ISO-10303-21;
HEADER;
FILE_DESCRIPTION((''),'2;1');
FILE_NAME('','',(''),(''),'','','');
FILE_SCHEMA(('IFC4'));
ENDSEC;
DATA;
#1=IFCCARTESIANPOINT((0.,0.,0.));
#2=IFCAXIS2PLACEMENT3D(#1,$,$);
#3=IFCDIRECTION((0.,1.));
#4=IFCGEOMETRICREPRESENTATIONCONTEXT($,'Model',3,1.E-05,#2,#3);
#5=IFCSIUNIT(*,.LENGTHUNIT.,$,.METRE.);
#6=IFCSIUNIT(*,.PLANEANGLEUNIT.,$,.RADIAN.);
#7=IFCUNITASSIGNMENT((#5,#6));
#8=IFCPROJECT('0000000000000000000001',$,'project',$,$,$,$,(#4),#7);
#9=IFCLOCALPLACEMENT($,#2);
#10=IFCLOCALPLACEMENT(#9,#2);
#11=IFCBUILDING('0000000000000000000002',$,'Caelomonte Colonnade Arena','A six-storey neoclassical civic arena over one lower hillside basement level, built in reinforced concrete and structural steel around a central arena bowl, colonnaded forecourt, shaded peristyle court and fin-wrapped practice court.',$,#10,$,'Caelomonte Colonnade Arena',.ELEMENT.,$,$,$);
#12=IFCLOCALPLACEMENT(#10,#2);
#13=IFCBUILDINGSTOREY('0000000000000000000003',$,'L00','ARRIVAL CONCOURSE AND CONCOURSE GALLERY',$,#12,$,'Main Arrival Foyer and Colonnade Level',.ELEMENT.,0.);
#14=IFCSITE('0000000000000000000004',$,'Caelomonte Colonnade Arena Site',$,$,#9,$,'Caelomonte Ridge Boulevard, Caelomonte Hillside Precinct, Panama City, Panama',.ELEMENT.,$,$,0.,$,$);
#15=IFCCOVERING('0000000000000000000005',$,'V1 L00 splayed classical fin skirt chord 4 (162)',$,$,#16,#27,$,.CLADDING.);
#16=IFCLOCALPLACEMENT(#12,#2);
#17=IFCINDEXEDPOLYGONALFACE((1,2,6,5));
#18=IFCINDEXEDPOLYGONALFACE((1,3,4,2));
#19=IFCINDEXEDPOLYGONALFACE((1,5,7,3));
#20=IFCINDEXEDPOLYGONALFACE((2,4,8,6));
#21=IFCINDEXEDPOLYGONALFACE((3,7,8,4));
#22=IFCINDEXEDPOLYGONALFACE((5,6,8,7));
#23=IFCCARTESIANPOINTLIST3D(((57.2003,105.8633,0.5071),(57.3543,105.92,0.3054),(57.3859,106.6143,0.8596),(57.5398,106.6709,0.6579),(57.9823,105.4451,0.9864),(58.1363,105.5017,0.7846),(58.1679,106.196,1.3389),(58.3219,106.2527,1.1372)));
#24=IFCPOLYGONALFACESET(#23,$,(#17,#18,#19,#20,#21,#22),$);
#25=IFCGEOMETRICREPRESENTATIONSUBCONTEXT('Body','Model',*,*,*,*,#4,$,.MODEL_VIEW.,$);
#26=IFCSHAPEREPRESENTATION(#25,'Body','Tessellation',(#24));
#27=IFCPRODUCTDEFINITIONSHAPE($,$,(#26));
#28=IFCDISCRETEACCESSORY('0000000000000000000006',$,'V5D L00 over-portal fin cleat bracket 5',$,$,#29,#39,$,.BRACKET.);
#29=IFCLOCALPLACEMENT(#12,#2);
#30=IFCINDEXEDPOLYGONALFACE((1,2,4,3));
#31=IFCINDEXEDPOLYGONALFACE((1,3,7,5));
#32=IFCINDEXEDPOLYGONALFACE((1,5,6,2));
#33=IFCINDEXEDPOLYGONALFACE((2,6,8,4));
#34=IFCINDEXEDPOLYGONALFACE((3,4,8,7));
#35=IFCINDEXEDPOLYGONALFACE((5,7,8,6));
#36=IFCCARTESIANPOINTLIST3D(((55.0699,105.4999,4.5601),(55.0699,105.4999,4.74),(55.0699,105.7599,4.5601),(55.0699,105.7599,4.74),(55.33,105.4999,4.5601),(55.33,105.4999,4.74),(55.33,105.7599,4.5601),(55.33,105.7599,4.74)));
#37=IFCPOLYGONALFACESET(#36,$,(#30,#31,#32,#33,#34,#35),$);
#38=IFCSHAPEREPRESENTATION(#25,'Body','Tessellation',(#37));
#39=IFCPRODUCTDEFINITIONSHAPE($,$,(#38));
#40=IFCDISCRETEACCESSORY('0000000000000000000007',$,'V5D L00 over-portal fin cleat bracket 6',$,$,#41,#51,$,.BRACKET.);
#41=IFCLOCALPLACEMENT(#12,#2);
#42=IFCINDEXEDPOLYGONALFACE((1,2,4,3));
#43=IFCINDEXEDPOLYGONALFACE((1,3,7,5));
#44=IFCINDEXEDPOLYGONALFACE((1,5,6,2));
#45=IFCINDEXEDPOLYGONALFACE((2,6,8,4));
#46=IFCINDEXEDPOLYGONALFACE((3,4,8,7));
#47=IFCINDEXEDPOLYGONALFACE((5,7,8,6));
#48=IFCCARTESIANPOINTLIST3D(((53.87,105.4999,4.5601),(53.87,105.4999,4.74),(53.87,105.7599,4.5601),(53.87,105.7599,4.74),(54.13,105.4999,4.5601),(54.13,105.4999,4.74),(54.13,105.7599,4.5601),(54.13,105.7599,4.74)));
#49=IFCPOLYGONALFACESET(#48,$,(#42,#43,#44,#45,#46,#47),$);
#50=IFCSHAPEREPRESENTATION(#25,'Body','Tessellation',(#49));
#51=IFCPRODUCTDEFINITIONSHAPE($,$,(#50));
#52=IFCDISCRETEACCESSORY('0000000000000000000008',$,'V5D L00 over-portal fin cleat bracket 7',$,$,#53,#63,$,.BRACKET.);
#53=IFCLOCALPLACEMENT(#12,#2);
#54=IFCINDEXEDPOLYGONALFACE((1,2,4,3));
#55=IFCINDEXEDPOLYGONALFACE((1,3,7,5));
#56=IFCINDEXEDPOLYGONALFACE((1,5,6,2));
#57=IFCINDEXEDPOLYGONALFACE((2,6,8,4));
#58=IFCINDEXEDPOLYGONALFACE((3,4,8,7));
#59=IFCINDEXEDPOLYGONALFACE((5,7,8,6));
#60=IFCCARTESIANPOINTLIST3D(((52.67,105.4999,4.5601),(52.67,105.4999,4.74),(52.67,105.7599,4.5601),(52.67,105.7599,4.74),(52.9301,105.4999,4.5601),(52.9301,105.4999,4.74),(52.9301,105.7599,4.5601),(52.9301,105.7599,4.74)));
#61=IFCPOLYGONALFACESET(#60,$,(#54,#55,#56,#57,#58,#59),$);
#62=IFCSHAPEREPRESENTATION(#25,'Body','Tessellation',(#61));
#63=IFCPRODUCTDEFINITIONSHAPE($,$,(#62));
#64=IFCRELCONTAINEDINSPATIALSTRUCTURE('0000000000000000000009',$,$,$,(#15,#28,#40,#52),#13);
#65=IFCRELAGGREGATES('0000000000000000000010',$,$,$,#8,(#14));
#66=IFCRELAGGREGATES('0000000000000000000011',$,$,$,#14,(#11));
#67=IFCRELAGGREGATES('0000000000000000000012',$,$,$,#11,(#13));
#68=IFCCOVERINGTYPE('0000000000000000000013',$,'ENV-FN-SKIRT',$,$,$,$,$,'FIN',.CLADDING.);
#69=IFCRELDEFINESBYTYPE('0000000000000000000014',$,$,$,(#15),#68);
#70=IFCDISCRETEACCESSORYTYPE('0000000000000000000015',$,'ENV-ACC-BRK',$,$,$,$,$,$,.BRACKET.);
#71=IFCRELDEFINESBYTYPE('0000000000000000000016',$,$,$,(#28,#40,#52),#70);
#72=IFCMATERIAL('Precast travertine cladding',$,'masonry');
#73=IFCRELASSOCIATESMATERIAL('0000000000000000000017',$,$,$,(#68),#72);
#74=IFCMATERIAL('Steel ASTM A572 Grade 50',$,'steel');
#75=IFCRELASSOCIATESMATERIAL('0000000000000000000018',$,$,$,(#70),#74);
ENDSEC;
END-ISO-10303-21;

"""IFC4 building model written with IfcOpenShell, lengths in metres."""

from ifc_helpers import new_model, si_unit, direction, frame, origin, origin_2d, place, context, subcontext, project, spatial, rectangle, extrude, material, material_profile, profile_set, type_object, element, save


model = new_model("IFC4")

# Units and contexts
model_context = context("Model", 3, precision=1e-05, world=origin(), true_north=direction((0.0, 1.0)))
body_context = subcontext(model_context, "Body", "Model", "MODEL_VIEW")
ifc_project = project(units=[si_unit("LENGTHUNIT", "METRE"), si_unit("PLANEANGLEUNIT", "RADIAN")], contexts=[model_context])

# Site, building, storey
site_placement = place(None, origin())
site = spatial("IfcSite", under=ifc_project, at=site_placement, Name="Caelomonte Colonnade Arena Site", LongName="Caelomonte Ridge Boulevard, Caelomonte Hillside Precinct, Panama City, Panama", CompositionType="ELEMENT", RefElevation=0.0)
building_placement = place(site_placement, origin())
building = spatial("IfcBuilding", under=site, at=building_placement, Name="Caelomonte Colonnade Arena", Description="A six-storey neoclassical civic arena over one lower hillside basement level, built in reinforced concrete and structural steel around a central arena bowl, colonnaded forecourt, shaded peristyle court and fin-wrapped practice court.", LongName="Caelomonte Colonnade Arena", CompositionType="ELEMENT")
storey_placement = place(building_placement, origin())
storey = spatial("IfcBuildingStorey", under=building, at=storey_placement, Name="L00", Description="ARRIVAL CONCOURSE AND CONCOURSE GALLERY", LongName="Main Arrival Foyer and Colonnade Level", CompositionType="ELEMENT", Elevation=0.0)

# Covering
ifc_material_1 = material(Name="Precast travertine cladding", Category="masonry")
ifc_material_profile_1 = material_profile(ifc_material_1, rectangle(XDim=0.26, YDim=0.8501, at=origin_2d()), Name="FIN260X850")
ifc_profile_set_1 = profile_set([ifc_material_profile_1], Name="Precast travertine cladding")
covering_type = type_object("IfcCoveringType", Name="ENV-FN-SKIRT", ElementType="FIN", PredefinedType="CLADDING", material=ifc_profile_set_1)
covering_placement = place(storey_placement, frame((58.1521, 105.8489, 1.0618), z_axis=(-0.775771, 0.414891, -0.475441), x_axis=(-0.592057, -0.217939, 0.775868)))
element("IfcCovering", 1, at=covering_placement, inside=storey, type_object=covering_type, Name="V1 L00 splayed classical fin skirt chord 4 (162)", PredefinedType="CLADDING", context=body_context, shape_type="SweptSolid", body=[
    extrude(rectangle(XDim=0.26, YDim=0.8501, at=origin_2d()), origin(), (0.0, 0.0, 1.0), 1.0081),
])

# Discrete accessories
ifc_material_2 = material(Name="Steel ASTM A572 Grade 50", Category="steel")
discrete_accessory_type = type_object("IfcDiscreteAccessoryType", Name="ENV-ACC-BRK", PredefinedType="BRACKET", material=ifc_material_2)
for number, where, z_axis, x_axis, name in (
    (2, (55.2, 105.6299, 4.5601), (0.0, 0.0, 1.0), (-1.0, 0.0, 0.0), "V5D L00 over-portal fin cleat bracket 5"),
    (3, (54.0, 105.6299, 4.5601), (0.0, 0.0, 1.0), (-1.0, 0.0, 0.0), "V5D L00 over-portal fin cleat bracket 6"),
    (4, (52.8, 105.6299, 4.5601), (0.0, 0.0, 1.0), (-1.0, 0.0, 0.0), "V5D L00 over-portal fin cleat bracket 7"),
):
    element("IfcDiscreteAccessory", number, at=place(storey_placement, frame(where, z_axis=z_axis, x_axis=x_axis)), inside=storey, type_object=discrete_accessory_type, Name=name, PredefinedType="BRACKET", context=body_context, shape_type="SweptSolid", body=[
        extrude(rectangle(XDim=0.26, YDim=0.26, at=origin_2d()), origin(), (0.0, 0.0, 1.0), 0.1799),
    ])

save(model, "model.ifc")
